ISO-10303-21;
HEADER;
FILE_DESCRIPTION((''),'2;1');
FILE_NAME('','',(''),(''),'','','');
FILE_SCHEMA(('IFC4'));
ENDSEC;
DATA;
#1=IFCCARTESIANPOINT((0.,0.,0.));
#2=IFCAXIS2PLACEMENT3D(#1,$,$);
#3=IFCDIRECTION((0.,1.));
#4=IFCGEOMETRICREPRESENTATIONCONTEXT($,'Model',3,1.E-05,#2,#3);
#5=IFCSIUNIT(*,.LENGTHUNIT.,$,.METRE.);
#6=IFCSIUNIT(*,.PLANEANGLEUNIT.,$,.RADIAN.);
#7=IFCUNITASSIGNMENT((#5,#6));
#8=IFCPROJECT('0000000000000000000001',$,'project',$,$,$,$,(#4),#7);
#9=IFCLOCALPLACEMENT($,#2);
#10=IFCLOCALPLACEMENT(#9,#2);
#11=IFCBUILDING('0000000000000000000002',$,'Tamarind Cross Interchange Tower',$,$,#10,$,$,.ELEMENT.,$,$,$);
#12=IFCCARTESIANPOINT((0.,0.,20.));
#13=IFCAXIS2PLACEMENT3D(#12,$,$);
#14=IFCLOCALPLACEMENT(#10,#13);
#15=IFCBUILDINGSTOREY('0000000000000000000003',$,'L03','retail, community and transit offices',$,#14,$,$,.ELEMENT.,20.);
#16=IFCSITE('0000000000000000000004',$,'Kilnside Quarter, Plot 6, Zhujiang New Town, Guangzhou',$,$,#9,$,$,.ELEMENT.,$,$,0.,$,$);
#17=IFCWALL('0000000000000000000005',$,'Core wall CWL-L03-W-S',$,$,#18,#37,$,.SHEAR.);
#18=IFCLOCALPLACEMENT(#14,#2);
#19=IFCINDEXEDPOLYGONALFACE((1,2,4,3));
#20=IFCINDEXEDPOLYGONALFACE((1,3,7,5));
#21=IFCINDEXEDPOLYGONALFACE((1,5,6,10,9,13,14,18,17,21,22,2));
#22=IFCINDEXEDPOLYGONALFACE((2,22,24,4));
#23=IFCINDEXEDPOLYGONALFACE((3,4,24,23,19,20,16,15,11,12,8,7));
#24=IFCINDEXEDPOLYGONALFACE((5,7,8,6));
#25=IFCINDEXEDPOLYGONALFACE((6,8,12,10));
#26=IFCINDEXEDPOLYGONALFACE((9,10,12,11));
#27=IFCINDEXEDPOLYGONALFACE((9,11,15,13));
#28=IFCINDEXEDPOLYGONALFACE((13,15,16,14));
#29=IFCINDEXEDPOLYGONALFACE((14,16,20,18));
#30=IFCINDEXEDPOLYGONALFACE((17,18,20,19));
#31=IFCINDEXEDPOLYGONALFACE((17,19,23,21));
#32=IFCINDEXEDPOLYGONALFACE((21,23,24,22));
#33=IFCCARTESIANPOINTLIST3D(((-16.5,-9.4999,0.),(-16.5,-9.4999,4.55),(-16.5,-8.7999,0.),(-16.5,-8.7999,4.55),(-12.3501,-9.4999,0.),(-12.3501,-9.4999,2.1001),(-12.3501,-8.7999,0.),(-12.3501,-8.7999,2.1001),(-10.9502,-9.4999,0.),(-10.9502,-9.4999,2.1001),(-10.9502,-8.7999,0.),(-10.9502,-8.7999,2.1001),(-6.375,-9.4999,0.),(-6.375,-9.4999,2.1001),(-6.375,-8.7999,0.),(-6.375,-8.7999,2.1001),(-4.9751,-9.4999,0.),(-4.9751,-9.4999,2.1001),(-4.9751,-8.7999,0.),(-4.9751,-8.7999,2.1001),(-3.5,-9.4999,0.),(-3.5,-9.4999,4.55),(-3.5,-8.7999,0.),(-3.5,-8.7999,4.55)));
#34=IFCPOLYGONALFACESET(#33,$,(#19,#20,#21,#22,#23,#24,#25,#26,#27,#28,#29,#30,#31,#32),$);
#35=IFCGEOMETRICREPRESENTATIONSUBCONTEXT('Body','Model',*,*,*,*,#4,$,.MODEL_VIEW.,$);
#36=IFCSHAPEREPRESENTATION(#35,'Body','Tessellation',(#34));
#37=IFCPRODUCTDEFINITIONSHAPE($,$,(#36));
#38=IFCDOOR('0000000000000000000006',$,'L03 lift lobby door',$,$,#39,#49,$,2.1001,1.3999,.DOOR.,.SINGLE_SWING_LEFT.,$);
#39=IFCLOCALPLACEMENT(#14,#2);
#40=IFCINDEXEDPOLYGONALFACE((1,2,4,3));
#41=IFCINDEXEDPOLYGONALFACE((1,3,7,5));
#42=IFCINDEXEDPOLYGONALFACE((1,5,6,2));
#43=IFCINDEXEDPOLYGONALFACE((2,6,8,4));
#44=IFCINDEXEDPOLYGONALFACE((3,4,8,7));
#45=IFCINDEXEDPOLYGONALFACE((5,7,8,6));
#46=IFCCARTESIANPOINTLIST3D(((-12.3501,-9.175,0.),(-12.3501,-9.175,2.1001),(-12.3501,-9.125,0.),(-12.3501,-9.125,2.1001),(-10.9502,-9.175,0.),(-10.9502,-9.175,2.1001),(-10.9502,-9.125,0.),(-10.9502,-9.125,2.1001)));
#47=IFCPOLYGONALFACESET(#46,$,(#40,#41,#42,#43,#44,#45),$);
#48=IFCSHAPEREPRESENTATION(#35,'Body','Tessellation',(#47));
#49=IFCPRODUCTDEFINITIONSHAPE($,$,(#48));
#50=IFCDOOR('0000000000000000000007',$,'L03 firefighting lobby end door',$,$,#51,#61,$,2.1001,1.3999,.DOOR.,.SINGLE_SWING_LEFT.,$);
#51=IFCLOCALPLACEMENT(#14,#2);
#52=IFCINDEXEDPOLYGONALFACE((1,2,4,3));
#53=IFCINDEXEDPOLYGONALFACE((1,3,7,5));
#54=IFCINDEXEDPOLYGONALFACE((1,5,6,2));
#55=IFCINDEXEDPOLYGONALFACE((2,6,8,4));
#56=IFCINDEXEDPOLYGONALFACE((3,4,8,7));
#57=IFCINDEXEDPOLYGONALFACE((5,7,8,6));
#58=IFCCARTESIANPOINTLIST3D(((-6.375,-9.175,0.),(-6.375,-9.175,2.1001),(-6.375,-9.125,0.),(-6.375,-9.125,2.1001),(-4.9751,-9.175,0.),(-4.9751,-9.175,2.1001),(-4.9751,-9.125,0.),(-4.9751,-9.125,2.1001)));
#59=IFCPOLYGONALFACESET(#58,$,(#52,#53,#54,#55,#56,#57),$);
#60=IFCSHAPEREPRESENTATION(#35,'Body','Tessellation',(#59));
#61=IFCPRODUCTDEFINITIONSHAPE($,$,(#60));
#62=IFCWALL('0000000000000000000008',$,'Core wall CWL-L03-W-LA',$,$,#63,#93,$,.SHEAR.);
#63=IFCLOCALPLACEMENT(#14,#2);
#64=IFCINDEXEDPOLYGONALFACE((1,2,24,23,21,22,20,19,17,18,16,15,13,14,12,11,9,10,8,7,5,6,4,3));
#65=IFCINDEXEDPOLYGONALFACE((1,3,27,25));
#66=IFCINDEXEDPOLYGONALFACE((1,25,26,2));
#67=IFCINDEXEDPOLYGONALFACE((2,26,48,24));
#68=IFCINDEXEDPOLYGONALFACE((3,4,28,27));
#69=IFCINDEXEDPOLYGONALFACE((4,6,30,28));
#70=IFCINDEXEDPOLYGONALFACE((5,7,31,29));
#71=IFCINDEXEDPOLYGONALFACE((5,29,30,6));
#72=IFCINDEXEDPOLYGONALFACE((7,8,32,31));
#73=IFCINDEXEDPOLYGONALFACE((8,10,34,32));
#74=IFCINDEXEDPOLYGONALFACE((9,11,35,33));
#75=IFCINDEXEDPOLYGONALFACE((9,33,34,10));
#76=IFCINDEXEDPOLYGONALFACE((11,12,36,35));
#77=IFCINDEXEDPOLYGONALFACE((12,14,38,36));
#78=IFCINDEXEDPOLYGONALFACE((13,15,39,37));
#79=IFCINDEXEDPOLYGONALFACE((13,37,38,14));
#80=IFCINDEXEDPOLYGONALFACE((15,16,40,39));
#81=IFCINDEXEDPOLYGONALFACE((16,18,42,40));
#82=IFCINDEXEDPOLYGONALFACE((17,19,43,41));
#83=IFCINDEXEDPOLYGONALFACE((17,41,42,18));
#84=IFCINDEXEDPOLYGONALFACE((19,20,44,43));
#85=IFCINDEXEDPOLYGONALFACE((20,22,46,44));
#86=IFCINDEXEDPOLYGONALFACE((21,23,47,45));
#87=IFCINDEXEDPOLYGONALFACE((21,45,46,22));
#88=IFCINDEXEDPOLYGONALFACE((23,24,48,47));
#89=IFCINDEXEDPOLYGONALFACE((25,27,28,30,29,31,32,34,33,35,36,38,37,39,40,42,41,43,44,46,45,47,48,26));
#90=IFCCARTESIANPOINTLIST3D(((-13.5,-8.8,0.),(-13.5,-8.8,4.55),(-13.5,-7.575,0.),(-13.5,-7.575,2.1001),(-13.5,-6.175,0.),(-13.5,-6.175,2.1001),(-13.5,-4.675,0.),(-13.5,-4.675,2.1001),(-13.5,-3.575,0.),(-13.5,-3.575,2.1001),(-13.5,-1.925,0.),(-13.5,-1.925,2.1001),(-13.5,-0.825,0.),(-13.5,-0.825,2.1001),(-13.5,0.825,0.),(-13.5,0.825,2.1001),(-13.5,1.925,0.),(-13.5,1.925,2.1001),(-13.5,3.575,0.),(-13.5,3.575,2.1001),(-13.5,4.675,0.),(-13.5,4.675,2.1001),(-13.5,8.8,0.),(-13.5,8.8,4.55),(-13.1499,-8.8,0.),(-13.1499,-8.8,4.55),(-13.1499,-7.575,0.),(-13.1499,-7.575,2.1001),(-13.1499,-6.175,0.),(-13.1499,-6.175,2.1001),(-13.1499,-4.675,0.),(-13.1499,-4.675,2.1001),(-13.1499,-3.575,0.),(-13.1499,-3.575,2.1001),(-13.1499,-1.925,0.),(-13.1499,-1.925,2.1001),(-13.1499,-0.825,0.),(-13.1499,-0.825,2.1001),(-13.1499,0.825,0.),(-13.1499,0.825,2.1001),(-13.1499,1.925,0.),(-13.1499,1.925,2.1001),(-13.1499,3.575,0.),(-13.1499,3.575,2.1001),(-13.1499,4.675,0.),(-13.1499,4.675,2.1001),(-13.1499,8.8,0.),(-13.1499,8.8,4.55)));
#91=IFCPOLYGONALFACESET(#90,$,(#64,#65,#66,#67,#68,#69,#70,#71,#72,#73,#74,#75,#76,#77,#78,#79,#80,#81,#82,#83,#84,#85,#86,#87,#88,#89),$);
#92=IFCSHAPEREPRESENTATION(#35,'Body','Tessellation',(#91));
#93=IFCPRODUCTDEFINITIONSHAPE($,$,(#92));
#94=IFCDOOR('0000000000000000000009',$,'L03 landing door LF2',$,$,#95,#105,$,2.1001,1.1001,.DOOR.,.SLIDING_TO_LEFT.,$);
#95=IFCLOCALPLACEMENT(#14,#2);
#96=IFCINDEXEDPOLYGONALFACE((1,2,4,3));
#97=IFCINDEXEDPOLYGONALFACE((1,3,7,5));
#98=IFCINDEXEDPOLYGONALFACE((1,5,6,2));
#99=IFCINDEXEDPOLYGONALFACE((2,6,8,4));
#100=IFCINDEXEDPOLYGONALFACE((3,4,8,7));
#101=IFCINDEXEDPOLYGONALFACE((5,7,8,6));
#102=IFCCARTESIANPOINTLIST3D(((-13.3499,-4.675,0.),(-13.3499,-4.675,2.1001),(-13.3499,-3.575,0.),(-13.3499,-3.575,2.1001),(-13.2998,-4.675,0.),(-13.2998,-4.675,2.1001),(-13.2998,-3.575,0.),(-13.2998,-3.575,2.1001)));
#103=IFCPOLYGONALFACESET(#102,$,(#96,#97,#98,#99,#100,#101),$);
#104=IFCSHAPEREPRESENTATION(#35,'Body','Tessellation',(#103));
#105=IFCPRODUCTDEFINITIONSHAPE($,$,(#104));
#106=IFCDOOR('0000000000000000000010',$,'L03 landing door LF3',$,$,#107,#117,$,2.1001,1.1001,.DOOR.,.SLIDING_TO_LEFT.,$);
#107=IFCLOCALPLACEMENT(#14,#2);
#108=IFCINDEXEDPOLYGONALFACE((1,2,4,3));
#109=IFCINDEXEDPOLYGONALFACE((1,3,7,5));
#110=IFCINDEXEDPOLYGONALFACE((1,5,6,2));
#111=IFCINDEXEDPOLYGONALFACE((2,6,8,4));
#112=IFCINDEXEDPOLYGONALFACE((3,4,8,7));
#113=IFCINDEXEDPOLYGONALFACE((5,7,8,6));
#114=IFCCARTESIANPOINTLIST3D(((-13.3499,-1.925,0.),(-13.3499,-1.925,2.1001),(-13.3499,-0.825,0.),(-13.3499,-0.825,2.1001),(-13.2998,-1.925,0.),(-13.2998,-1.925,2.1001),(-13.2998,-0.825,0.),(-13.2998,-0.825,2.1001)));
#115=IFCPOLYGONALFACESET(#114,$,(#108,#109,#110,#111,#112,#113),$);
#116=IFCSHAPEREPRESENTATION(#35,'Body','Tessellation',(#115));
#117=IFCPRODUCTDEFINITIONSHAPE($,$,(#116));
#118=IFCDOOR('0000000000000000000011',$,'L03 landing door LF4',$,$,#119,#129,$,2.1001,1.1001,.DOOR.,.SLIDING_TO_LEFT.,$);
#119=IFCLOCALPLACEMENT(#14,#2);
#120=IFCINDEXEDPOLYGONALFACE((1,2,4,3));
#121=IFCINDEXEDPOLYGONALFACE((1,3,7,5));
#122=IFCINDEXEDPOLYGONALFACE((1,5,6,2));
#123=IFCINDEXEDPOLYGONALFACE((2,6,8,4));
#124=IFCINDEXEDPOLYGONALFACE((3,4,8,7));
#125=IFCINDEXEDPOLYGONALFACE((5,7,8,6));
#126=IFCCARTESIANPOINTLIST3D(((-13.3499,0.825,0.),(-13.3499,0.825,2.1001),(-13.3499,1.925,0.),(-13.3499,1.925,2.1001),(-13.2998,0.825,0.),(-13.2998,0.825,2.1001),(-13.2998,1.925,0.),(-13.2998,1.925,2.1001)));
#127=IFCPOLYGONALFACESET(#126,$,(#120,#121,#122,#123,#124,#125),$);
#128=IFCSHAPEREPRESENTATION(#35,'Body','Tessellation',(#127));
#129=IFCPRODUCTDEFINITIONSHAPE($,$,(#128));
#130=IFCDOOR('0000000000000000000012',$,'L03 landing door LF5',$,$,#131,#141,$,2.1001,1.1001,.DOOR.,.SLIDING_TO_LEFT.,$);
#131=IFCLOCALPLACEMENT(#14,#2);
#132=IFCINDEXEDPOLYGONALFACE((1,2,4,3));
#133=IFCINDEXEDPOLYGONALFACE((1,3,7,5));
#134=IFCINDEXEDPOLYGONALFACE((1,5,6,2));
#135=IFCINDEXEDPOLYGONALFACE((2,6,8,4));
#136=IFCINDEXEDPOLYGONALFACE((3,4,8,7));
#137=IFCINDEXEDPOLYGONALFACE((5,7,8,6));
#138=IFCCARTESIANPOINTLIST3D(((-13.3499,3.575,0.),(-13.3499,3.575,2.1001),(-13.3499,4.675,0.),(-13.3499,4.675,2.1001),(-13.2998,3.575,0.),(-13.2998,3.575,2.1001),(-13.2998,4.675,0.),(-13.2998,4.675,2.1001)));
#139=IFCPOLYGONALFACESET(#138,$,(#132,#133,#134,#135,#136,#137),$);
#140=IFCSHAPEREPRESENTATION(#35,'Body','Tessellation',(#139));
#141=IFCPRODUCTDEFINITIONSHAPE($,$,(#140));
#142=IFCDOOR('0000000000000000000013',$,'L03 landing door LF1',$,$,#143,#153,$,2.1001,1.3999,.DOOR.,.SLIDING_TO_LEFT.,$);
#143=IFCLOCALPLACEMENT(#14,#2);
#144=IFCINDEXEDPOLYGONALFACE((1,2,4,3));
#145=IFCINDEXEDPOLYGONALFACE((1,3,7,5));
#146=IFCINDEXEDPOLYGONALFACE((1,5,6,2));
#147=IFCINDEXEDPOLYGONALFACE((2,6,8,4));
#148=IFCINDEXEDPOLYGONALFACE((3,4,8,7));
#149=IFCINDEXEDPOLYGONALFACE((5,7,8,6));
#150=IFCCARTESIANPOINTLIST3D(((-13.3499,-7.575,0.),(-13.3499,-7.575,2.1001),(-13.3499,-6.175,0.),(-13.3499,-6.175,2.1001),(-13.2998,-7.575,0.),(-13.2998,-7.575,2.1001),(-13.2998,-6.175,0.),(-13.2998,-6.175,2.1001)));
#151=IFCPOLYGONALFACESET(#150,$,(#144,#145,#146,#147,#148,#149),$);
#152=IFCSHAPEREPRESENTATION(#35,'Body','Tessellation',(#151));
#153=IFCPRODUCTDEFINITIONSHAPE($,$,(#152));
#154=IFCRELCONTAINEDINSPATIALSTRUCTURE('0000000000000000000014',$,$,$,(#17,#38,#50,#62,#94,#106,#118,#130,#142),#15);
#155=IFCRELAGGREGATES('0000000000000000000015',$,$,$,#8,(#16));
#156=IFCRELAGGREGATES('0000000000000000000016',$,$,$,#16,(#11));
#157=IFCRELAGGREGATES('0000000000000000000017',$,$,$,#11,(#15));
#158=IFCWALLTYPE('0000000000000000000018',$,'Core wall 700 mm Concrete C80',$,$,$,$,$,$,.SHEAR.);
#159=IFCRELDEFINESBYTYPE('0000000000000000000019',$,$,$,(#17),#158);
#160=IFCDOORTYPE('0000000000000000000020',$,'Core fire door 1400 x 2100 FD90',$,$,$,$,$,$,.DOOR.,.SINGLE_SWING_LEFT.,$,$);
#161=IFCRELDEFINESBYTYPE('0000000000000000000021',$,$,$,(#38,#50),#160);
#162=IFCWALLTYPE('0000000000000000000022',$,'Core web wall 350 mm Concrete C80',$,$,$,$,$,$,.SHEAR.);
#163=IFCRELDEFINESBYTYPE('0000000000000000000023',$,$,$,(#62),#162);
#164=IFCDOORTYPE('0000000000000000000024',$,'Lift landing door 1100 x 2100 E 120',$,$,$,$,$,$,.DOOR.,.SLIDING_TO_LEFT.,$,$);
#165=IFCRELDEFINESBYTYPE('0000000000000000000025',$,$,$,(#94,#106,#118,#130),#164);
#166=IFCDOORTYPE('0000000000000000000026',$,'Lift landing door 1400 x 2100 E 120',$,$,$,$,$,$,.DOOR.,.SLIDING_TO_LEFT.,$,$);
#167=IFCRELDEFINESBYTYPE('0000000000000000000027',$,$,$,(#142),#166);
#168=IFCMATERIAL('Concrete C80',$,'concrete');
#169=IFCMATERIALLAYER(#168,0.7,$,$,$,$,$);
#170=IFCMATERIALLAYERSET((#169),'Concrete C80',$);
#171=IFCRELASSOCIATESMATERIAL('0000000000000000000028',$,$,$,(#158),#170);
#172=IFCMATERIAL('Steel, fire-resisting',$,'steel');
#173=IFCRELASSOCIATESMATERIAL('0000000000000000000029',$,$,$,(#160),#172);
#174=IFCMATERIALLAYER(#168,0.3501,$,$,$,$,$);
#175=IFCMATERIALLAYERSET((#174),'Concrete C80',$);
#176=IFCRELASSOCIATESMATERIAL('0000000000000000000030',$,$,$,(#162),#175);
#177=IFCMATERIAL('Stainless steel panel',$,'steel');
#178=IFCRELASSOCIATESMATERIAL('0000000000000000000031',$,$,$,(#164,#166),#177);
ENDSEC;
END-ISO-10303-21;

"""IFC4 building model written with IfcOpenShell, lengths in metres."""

from ifc_helpers import new_model, si_unit, direction, frame, frame_2d, origin, place, context, subcontext, project, spatial, rectangle, extrude, material, layer, layer_set, type_object, element, fill, save


model = new_model("IFC4")

# Units and contexts
model_context = context("Model", 3, precision=1e-05, world=origin(), true_north=direction((0.0, 1.0)))
body_context = subcontext(model_context, "Body", "Model", "MODEL_VIEW")
ifc_project = project(units=[si_unit("LENGTHUNIT", "METRE"), si_unit("PLANEANGLEUNIT", "RADIAN")], contexts=[model_context])

# Site, building, storey
site_placement = place(None, origin())
site = spatial("IfcSite", under=ifc_project, at=site_placement, Name="Kilnside Quarter, Plot 6, Zhujiang New Town, Guangzhou", CompositionType="ELEMENT", RefElevation=0.0)
building_placement = place(site_placement, origin())
building = spatial("IfcBuilding", under=site, at=building_placement, Name="Tamarind Cross Interchange Tower", CompositionType="ELEMENT")
storey_placement = place(building_placement, frame((0.0, 0.0, 20.0)))
storey = spatial("IfcBuildingStorey", under=building, at=storey_placement, Name="L03", Description="retail, community and transit offices", CompositionType="ELEMENT", Elevation=20.0)

# Shared definitions
ifc_material_1 = material(Name="Concrete C80", Category="concrete")

# Walls, openings, doors
ifc_layer_1 = layer(ifc_material_1, 0.7)
ifc_layer_set_1 = layer_set([ifc_layer_1], Name="Concrete C80")
wall_type_1 = type_object("IfcWallType", Name="Core wall 700 mm Concrete C80", PredefinedType="SHEAR", material=ifc_layer_set_1)
wall_1_placement = place(storey_placement, frame((-16.5, -9.1499, 0.0), z_axis=(0.0, 0.0, 1.0), x_axis=(1.0, 0.0, 0.0)))
wall_1 = element("IfcWall", 1, at=wall_1_placement, inside=storey, type_object=wall_type_1, Name="Core wall CWL-L03-W-S", PredefinedType="SHEAR", context=body_context, shape_type="SweptSolid", body=[
    extrude(rectangle(XDim=13.0, YDim=0.7, at=frame_2d((6.5, 0.0))), origin(), (0.0, 0.0, 1.0), 4.55),
])
opening_1_placement = place(wall_1_placement, frame((4.1499, 0.0, 0.0)))
opening_1 = element("IfcOpeningElement", 2, at=opening_1_placement, cuts=wall_1, PredefinedType="OPENING", context=body_context, shape_type="SweptSolid", body=[
    extrude(rectangle(XDim=1.3999, YDim=2.1001, at=frame_2d((0.7, 1.05))), frame((0.0, 0.3599, 0.0), z_axis=(0.0, -1.0, 0.0), x_axis=(1.0, 0.0, 0.0)), (0.0, 0.0, 1.0), 0.72),
])
opening_2_placement = place(wall_1_placement, frame((10.125, 0.0, 0.0)))
opening_2 = element("IfcOpeningElement", 3, at=opening_2_placement, cuts=wall_1, PredefinedType="OPENING", context=body_context, shape_type="SweptSolid", body=[
    extrude(rectangle(XDim=1.3999, YDim=2.1001, at=frame_2d((0.7, 1.05))), frame((0.0, 0.3599, 0.0), z_axis=(0.0, -1.0, 0.0), x_axis=(1.0, 0.0, 0.0)), (0.0, 0.0, 1.0), 0.72),
])
ifc_material_2 = material(Name="Steel, fire-resisting", Category="steel")
door_type_1 = type_object("IfcDoorType", Name="Core fire door 1400 x 2100 FD90", OperationType="SINGLE_SWING_LEFT", PredefinedType="DOOR", material=ifc_material_2)
door_1_placement = place(opening_1_placement, origin())
door_1 = element("IfcDoor", 4, at=door_1_placement, inside=storey, type_object=door_type_1, Name="L03 lift lobby door", OperationType="SINGLE_SWING_LEFT", OverallHeight=2.1001, OverallWidth=1.3999, PredefinedType="DOOR", context=body_context, shape_type="SweptSolid", body=[
    extrude(rectangle(XDim=1.3999, YDim=2.1001, at=frame_2d((0.7, 1.05))), frame((0.0, 0.0249, 0.0), z_axis=(0.0, -1.0, 0.0), x_axis=(1.0, 0.0, 0.0)), (0.0, 0.0, 1.0), 0.05),
])
fill(opening_1, door_1)
door_2_placement = place(opening_2_placement, origin())
door_2 = element("IfcDoor", 5, at=door_2_placement, inside=storey, type_object=door_type_1, Name="L03 firefighting lobby end door", OperationType="SINGLE_SWING_LEFT", OverallHeight=2.1001, OverallWidth=1.3999, PredefinedType="DOOR", context=body_context, shape_type="SweptSolid", body=[
    extrude(rectangle(XDim=1.3999, YDim=2.1001, at=frame_2d((0.7, 1.05))), frame((0.0, 0.0249, 0.0), z_axis=(0.0, -1.0, 0.0), x_axis=(1.0, 0.0, 0.0)), (0.0, 0.0, 1.0), 0.05),
])
fill(opening_2, door_2)
ifc_layer_2 = layer(ifc_material_1, 0.3501)
ifc_layer_set_2 = layer_set([ifc_layer_2], Name="Concrete C80")
wall_type_2 = type_object("IfcWallType", Name="Core web wall 350 mm Concrete C80", PredefinedType="SHEAR", material=ifc_layer_set_2)
wall_2_placement = place(storey_placement, frame((-13.325, -8.8, 0.0), z_axis=(0.0, 0.0, 1.0), x_axis=(0.0, 1.0, 0.0)))
wall_2 = element("IfcWall", 6, at=wall_2_placement, inside=storey, type_object=wall_type_2, Name="Core wall CWL-L03-W-LA", PredefinedType="SHEAR", context=body_context, shape_type="SweptSolid", body=[
    extrude(rectangle(XDim=17.6001, YDim=0.3501, at=frame_2d((8.8, 0.0))), origin(), (0.0, 0.0, 1.0), 4.55),
])
opening_3_placement = place(wall_2_placement, frame((1.2251, 0.0, 0.0)))
opening_3 = element("IfcOpeningElement", 7, at=opening_3_placement, cuts=wall_2, PredefinedType="OPENING", context=body_context, shape_type="SweptSolid", body=[
    extrude(rectangle(XDim=1.3999, YDim=2.1001, at=frame_2d((0.7, 1.05))), frame((0.0, 0.1851, 0.0), z_axis=(0.0, -1.0, 0.0), x_axis=(1.0, 0.0, 0.0)), (0.0, 0.0, 1.0), 0.3701),
])
opening_4_placement = place(wall_2_placement, frame((4.125, 0.0, 0.0)))
opening_4 = element("IfcOpeningElement", 8, at=opening_4_placement, cuts=wall_2, PredefinedType="OPENING", context=body_context, shape_type="SweptSolid", body=[
    extrude(rectangle(XDim=1.1001, YDim=2.1001, at=frame_2d((0.55, 1.05))), frame((0.0, 0.1851, 0.0), z_axis=(0.0, -1.0, 0.0), x_axis=(1.0, 0.0, 0.0)), (0.0, 0.0, 1.0), 0.3701),
])
opening_5_placement = place(wall_2_placement, frame((6.875, 0.0, 0.0)))
opening_5 = element("IfcOpeningElement", 9, at=opening_5_placement, cuts=wall_2, PredefinedType="OPENING", context=body_context, shape_type="SweptSolid", body=[
    extrude(rectangle(XDim=1.1001, YDim=2.1001, at=frame_2d((0.55, 1.05))), frame((0.0, 0.1851, 0.0), z_axis=(0.0, -1.0, 0.0), x_axis=(1.0, 0.0, 0.0)), (0.0, 0.0, 1.0), 0.3701),
])
opening_6_placement = place(wall_2_placement, frame((9.625, 0.0, 0.0)))
opening_6 = element("IfcOpeningElement", 10, at=opening_6_placement, cuts=wall_2, PredefinedType="OPENING", context=body_context, shape_type="SweptSolid", body=[
    extrude(rectangle(XDim=1.1001, YDim=2.1001, at=frame_2d((0.55, 1.05))), frame((0.0, 0.1851, 0.0), z_axis=(0.0, -1.0, 0.0), x_axis=(1.0, 0.0, 0.0)), (0.0, 0.0, 1.0), 0.3701),
])
opening_7_placement = place(wall_2_placement, frame((12.375, 0.0, 0.0)))
opening_7 = element("IfcOpeningElement", 11, at=opening_7_placement, cuts=wall_2, PredefinedType="OPENING", context=body_context, shape_type="SweptSolid", body=[
    extrude(rectangle(XDim=1.1001, YDim=2.1001, at=frame_2d((0.55, 1.05))), frame((0.0, 0.1851, 0.0), z_axis=(0.0, -1.0, 0.0), x_axis=(1.0, 0.0, 0.0)), (0.0, 0.0, 1.0), 0.3701),
])
ifc_material_3 = material(Name="Stainless steel panel", Category="steel")
door_type_2 = type_object("IfcDoorType", Name="Lift landing door 1100 x 2100 E 120", OperationType="SLIDING_TO_LEFT", PredefinedType="DOOR", material=ifc_material_3)
door_3_placement = place(opening_4_placement, origin())
door_3 = element("IfcDoor", 12, at=door_3_placement, inside=storey, type_object=door_type_2, Name="L03 landing door LF2", OperationType="SLIDING_TO_LEFT", OverallHeight=2.1001, OverallWidth=1.1001, PredefinedType="DOOR", context=body_context, shape_type="SweptSolid", body=[
    extrude(rectangle(XDim=1.1001, YDim=2.1001, at=frame_2d((0.55, 1.05))), frame((0.0, 0.0249, 0.0), z_axis=(0.0, -1.0, 0.0), x_axis=(1.0, 0.0, 0.0)), (0.0, 0.0, 1.0), 0.05),
])
fill(opening_4, door_3)
door_4_placement = place(opening_5_placement, origin())
door_4 = element("IfcDoor", 13, at=door_4_placement, inside=storey, type_object=door_type_2, Name="L03 landing door LF3", OperationType="SLIDING_TO_LEFT", OverallHeight=2.1001, OverallWidth=1.1001, PredefinedType="DOOR", context=body_context, shape_type="SweptSolid", body=[
    extrude(rectangle(XDim=1.1001, YDim=2.1001, at=frame_2d((0.55, 1.05))), frame((0.0, 0.0249, 0.0), z_axis=(0.0, -1.0, 0.0), x_axis=(1.0, 0.0, 0.0)), (0.0, 0.0, 1.0), 0.05),
])
fill(opening_5, door_4)
door_5_placement = place(opening_6_placement, origin())
door_5 = element("IfcDoor", 14, at=door_5_placement, inside=storey, type_object=door_type_2, Name="L03 landing door LF4", OperationType="SLIDING_TO_LEFT", OverallHeight=2.1001, OverallWidth=1.1001, PredefinedType="DOOR", context=body_context, shape_type="SweptSolid", body=[
    extrude(rectangle(XDim=1.1001, YDim=2.1001, at=frame_2d((0.55, 1.05))), frame((0.0, 0.0249, 0.0), z_axis=(0.0, -1.0, 0.0), x_axis=(1.0, 0.0, 0.0)), (0.0, 0.0, 1.0), 0.05),
])
fill(opening_6, door_5)
door_6_placement = place(opening_7_placement, origin())
door_6 = element("IfcDoor", 15, at=door_6_placement, inside=storey, type_object=door_type_2, Name="L03 landing door LF5", OperationType="SLIDING_TO_LEFT", OverallHeight=2.1001, OverallWidth=1.1001, PredefinedType="DOOR", context=body_context, shape_type="SweptSolid", body=[
    extrude(rectangle(XDim=1.1001, YDim=2.1001, at=frame_2d((0.55, 1.05))), frame((0.0, 0.0249, 0.0), z_axis=(0.0, -1.0, 0.0), x_axis=(1.0, 0.0, 0.0)), (0.0, 0.0, 1.0), 0.05),
])
fill(opening_7, door_6)
door_type_3 = type_object("IfcDoorType", Name="Lift landing door 1400 x 2100 E 120", OperationType="SLIDING_TO_LEFT", PredefinedType="DOOR", material=ifc_material_3)
door_7_placement = place(opening_3_placement, origin())
door_7 = element("IfcDoor", 16, at=door_7_placement, inside=storey, type_object=door_type_3, Name="L03 landing door LF1", OperationType="SLIDING_TO_LEFT", OverallHeight=2.1001, OverallWidth=1.3999, PredefinedType="DOOR", context=body_context, shape_type="SweptSolid", body=[
    extrude(rectangle(XDim=1.3999, YDim=2.1001, at=frame_2d((0.7, 1.05))), frame((0.0, 0.0249, 0.0), z_axis=(0.0, -1.0, 0.0), x_axis=(1.0, 0.0, 0.0)), (0.0, 0.0, 1.0), 0.05),
])
fill(opening_3, door_7)

save(model, "model.ifc")
